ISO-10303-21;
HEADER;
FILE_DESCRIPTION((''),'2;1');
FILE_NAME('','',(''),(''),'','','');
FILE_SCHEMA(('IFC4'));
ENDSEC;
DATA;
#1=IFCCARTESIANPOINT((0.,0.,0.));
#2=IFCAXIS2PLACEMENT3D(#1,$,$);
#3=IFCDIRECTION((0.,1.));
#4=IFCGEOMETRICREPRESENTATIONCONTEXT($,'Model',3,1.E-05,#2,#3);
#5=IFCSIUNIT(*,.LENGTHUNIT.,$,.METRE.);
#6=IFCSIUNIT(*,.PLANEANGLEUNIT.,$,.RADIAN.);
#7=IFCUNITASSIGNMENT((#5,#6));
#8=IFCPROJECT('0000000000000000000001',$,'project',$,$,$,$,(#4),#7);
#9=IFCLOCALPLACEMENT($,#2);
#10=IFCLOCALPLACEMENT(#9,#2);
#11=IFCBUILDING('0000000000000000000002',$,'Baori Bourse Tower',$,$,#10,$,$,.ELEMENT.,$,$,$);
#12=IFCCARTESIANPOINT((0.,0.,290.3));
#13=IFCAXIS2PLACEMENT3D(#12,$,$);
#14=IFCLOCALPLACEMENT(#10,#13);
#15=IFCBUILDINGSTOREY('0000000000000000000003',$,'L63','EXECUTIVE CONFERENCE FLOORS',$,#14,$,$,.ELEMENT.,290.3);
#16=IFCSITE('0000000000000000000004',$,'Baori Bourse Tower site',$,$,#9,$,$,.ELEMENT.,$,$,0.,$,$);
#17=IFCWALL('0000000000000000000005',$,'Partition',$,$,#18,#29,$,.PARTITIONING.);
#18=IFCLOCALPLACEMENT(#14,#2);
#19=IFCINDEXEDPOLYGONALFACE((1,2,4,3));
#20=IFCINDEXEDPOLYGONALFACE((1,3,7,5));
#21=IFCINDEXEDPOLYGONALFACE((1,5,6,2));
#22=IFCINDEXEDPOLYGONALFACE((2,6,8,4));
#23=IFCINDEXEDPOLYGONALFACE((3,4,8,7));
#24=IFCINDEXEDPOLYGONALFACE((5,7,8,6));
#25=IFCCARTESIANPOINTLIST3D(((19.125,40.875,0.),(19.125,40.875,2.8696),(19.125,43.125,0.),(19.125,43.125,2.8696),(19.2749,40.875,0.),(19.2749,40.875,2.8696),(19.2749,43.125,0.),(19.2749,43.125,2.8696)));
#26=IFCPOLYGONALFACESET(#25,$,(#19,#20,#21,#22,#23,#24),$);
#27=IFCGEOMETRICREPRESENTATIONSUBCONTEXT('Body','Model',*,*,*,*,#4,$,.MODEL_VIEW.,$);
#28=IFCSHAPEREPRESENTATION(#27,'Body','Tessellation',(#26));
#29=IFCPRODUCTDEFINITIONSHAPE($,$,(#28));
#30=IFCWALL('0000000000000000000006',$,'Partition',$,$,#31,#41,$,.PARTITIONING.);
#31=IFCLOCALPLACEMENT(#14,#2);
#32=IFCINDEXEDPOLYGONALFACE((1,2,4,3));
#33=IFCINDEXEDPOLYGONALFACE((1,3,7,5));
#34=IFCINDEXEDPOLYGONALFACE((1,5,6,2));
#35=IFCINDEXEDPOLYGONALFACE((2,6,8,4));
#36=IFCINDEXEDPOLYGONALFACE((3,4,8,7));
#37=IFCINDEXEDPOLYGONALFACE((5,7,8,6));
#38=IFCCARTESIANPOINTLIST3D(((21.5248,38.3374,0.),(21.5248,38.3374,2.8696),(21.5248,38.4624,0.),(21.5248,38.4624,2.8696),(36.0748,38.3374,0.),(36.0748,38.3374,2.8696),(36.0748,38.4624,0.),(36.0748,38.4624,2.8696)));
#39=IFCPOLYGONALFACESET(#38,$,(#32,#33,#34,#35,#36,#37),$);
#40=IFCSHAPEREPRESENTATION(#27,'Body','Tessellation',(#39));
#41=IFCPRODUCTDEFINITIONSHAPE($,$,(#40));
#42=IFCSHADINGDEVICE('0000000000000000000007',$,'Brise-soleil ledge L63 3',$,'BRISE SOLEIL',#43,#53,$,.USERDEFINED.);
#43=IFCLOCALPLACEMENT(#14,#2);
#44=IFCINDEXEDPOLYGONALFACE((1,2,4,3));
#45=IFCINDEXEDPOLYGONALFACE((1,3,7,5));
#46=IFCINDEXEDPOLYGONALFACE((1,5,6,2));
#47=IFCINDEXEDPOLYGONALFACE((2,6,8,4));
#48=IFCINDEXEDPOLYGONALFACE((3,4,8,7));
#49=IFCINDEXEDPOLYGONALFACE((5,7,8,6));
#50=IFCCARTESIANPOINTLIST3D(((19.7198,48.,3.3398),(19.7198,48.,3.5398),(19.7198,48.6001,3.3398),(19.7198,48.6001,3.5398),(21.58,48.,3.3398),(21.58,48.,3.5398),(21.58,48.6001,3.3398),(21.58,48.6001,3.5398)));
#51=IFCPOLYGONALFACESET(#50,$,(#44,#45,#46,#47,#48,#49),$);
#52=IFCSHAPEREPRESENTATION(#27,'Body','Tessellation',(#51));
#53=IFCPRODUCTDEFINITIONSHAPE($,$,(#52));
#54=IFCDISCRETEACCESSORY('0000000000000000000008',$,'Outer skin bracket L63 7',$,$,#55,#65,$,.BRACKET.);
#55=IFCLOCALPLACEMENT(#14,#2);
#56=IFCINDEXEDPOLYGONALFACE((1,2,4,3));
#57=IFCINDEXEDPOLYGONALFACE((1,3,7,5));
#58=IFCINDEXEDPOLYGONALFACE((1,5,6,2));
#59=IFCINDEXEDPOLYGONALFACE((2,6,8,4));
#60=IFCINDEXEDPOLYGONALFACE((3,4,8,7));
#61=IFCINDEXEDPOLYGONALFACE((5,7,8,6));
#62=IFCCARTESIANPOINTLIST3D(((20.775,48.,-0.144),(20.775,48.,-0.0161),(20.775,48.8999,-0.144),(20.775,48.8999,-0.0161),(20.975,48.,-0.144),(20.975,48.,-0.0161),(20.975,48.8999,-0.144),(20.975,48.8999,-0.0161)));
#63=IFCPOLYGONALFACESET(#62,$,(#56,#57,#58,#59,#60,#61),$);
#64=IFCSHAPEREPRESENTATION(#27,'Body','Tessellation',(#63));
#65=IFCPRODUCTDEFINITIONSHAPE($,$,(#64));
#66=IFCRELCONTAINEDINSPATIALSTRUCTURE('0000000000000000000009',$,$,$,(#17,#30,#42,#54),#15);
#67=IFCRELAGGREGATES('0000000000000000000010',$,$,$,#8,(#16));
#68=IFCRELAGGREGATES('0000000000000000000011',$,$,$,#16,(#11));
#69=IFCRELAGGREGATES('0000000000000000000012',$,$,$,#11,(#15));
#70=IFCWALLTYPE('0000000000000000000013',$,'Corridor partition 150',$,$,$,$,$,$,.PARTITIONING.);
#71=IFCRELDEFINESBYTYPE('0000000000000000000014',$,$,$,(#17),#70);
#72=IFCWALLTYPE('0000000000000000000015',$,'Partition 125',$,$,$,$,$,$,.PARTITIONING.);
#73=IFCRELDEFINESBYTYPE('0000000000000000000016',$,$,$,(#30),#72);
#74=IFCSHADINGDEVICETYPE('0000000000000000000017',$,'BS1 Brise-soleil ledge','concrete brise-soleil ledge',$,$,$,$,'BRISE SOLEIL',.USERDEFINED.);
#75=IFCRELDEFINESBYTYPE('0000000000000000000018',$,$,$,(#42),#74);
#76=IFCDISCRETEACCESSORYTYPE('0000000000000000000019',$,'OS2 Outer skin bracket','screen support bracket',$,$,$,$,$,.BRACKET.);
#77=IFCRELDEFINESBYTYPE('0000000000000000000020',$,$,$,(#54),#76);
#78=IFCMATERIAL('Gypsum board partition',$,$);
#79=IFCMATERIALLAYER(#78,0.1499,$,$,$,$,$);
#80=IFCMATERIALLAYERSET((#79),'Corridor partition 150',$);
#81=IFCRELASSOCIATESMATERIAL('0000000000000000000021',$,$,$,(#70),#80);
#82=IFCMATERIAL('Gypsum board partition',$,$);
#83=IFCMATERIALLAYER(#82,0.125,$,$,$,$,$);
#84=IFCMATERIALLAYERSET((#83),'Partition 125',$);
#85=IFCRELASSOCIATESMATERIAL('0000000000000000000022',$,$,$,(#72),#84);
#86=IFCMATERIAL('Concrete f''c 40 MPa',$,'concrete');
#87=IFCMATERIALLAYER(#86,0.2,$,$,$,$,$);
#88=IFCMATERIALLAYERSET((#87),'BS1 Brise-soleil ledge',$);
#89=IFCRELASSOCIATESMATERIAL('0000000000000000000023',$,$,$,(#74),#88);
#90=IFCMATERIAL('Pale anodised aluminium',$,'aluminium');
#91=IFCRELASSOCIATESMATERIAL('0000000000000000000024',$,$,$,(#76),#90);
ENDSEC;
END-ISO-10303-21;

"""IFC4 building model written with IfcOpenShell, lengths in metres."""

from ifc_helpers import new_model, si_unit, direction, frame, frame_2d, origin, origin_2d, place, context, subcontext, project, spatial, rectangle, extrude, material, layer, layer_set, type_object, element, save


model = new_model("IFC4")

# Units and contexts
model_context = context("Model", 3, precision=1e-05, world=origin(), true_north=direction((0.0, 1.0)))
body_context = subcontext(model_context, "Body", "Model", "MODEL_VIEW")
ifc_project = project(units=[si_unit("LENGTHUNIT", "METRE"), si_unit("PLANEANGLEUNIT", "RADIAN")], contexts=[model_context])

# Site, building, storey
site_placement = place(None, origin())
site = spatial("IfcSite", under=ifc_project, at=site_placement, Name="Baori Bourse Tower site", CompositionType="ELEMENT", RefElevation=0.0)
building_placement = place(site_placement, origin())
building = spatial("IfcBuilding", under=site, at=building_placement, Name="Baori Bourse Tower", CompositionType="ELEMENT")
storey_placement = place(building_placement, frame((0.0, 0.0, 290.3)))
storey = spatial("IfcBuildingStorey", under=building, at=storey_placement, Name="L63", Description="EXECUTIVE CONFERENCE FLOORS", CompositionType="ELEMENT", Elevation=290.3)

# Shared definitions
ifc_material_1 = material(Name="Gypsum board partition")
ifc_layer_1 = layer(ifc_material_1, 0.1499)
ifc_layer_set_1 = layer_set([ifc_layer_1], Name="Corridor partition 150")
wall_type_1 = type_object("IfcWallType", Name="Corridor partition 150", PredefinedType="PARTITIONING", material=ifc_layer_set_1)

# Walls
wall_1_placement = place(storey_placement, frame((19.2, 40.875, 0.0), z_axis=(0.0, 0.0, 1.0), x_axis=(0.0, 1.0, 0.0)))
element("IfcWall", 1, at=wall_1_placement, inside=storey, type_object=wall_type_1, Name="Partition", PredefinedType="PARTITIONING", context=body_context, shape_type="SweptSolid", body=[
    extrude(rectangle(XDim=2.25, YDim=0.1499, at=frame_2d((1.125, 0.0))), origin(), (0.0, 0.0, 1.0), 2.8696),
])
ifc_material_2 = material(Name="Gypsum board partition")
ifc_layer_2 = layer(ifc_material_2, 0.125)
ifc_layer_set_2 = layer_set([ifc_layer_2], Name="Partition 125")
wall_type_2 = type_object("IfcWallType", Name="Partition 125", PredefinedType="PARTITIONING", material=ifc_layer_set_2)
wall_2_placement = place(storey_placement, frame((21.5249, 38.3999, 0.0), z_axis=(0.0, 0.0, 1.0), x_axis=(1.0, 0.0, 0.0)))
element("IfcWall", 2, at=wall_2_placement, inside=storey, type_object=wall_type_2, Name="Partition", PredefinedType="PARTITIONING", context=body_context, shape_type="SweptSolid", body=[
    extrude(rectangle(XDim=14.55, YDim=0.125, at=frame_2d((7.2749, 0.0))), origin(), (0.0, 0.0, 1.0), 2.8696),
])

# Shading device
ifc_material_3 = material(Name="Concrete f'c 40 MPa", Category="concrete")
ifc_layer_3 = layer(ifc_material_3, 0.2)
ifc_layer_set_3 = layer_set([ifc_layer_3], Name="BS1 Brise-soleil ledge")
shading_device_type = type_object("IfcShadingDeviceType", Name="BS1 Brise-soleil ledge", Description="concrete brise-soleil ledge", ElementType="BRISE SOLEIL", PredefinedType="USERDEFINED", material=ifc_layer_set_3)
shading_device_placement = place(storey_placement, frame((20.6499, 48.3, 3.3398), z_axis=(0.0, 0.0, 1.0), x_axis=(-1.0, 0.0, 0.0)))
element("IfcShadingDevice", 3, at=shading_device_placement, inside=storey, type_object=shading_device_type, Name="Brise-soleil ledge L63 3", ObjectType="BRISE SOLEIL", PredefinedType="USERDEFINED", context=body_context, shape_type="SweptSolid", body=[
    extrude(rectangle(XDim=1.8601, YDim=0.6001, at=origin_2d()), origin(), (0.0, 0.0, 1.0), 0.2),
])

# Discrete accessory
ifc_material_4 = material(Name="Pale anodised aluminium", Category="aluminium")
discrete_accessory_type = type_object("IfcDiscreteAccessoryType", Name="OS2 Outer skin bracket", Description="screen support bracket", PredefinedType="BRACKET", material=ifc_material_4)
discrete_accessory_placement = place(storey_placement, frame((20.875, 48.45, -0.144), z_axis=(0.0, 0.0, 1.0), x_axis=(-1.0, 0.0, 0.0)))
element("IfcDiscreteAccessory", 4, at=discrete_accessory_placement, inside=storey, type_object=discrete_accessory_type, Name="Outer skin bracket L63 7", PredefinedType="BRACKET", context=body_context, shape_type="SweptSolid", body=[
    extrude(rectangle(XDim=0.2, YDim=0.8999, at=origin_2d()), origin(), (0.0, 0.0, 1.0), 0.1279),
])

save(model, "model.ifc")
